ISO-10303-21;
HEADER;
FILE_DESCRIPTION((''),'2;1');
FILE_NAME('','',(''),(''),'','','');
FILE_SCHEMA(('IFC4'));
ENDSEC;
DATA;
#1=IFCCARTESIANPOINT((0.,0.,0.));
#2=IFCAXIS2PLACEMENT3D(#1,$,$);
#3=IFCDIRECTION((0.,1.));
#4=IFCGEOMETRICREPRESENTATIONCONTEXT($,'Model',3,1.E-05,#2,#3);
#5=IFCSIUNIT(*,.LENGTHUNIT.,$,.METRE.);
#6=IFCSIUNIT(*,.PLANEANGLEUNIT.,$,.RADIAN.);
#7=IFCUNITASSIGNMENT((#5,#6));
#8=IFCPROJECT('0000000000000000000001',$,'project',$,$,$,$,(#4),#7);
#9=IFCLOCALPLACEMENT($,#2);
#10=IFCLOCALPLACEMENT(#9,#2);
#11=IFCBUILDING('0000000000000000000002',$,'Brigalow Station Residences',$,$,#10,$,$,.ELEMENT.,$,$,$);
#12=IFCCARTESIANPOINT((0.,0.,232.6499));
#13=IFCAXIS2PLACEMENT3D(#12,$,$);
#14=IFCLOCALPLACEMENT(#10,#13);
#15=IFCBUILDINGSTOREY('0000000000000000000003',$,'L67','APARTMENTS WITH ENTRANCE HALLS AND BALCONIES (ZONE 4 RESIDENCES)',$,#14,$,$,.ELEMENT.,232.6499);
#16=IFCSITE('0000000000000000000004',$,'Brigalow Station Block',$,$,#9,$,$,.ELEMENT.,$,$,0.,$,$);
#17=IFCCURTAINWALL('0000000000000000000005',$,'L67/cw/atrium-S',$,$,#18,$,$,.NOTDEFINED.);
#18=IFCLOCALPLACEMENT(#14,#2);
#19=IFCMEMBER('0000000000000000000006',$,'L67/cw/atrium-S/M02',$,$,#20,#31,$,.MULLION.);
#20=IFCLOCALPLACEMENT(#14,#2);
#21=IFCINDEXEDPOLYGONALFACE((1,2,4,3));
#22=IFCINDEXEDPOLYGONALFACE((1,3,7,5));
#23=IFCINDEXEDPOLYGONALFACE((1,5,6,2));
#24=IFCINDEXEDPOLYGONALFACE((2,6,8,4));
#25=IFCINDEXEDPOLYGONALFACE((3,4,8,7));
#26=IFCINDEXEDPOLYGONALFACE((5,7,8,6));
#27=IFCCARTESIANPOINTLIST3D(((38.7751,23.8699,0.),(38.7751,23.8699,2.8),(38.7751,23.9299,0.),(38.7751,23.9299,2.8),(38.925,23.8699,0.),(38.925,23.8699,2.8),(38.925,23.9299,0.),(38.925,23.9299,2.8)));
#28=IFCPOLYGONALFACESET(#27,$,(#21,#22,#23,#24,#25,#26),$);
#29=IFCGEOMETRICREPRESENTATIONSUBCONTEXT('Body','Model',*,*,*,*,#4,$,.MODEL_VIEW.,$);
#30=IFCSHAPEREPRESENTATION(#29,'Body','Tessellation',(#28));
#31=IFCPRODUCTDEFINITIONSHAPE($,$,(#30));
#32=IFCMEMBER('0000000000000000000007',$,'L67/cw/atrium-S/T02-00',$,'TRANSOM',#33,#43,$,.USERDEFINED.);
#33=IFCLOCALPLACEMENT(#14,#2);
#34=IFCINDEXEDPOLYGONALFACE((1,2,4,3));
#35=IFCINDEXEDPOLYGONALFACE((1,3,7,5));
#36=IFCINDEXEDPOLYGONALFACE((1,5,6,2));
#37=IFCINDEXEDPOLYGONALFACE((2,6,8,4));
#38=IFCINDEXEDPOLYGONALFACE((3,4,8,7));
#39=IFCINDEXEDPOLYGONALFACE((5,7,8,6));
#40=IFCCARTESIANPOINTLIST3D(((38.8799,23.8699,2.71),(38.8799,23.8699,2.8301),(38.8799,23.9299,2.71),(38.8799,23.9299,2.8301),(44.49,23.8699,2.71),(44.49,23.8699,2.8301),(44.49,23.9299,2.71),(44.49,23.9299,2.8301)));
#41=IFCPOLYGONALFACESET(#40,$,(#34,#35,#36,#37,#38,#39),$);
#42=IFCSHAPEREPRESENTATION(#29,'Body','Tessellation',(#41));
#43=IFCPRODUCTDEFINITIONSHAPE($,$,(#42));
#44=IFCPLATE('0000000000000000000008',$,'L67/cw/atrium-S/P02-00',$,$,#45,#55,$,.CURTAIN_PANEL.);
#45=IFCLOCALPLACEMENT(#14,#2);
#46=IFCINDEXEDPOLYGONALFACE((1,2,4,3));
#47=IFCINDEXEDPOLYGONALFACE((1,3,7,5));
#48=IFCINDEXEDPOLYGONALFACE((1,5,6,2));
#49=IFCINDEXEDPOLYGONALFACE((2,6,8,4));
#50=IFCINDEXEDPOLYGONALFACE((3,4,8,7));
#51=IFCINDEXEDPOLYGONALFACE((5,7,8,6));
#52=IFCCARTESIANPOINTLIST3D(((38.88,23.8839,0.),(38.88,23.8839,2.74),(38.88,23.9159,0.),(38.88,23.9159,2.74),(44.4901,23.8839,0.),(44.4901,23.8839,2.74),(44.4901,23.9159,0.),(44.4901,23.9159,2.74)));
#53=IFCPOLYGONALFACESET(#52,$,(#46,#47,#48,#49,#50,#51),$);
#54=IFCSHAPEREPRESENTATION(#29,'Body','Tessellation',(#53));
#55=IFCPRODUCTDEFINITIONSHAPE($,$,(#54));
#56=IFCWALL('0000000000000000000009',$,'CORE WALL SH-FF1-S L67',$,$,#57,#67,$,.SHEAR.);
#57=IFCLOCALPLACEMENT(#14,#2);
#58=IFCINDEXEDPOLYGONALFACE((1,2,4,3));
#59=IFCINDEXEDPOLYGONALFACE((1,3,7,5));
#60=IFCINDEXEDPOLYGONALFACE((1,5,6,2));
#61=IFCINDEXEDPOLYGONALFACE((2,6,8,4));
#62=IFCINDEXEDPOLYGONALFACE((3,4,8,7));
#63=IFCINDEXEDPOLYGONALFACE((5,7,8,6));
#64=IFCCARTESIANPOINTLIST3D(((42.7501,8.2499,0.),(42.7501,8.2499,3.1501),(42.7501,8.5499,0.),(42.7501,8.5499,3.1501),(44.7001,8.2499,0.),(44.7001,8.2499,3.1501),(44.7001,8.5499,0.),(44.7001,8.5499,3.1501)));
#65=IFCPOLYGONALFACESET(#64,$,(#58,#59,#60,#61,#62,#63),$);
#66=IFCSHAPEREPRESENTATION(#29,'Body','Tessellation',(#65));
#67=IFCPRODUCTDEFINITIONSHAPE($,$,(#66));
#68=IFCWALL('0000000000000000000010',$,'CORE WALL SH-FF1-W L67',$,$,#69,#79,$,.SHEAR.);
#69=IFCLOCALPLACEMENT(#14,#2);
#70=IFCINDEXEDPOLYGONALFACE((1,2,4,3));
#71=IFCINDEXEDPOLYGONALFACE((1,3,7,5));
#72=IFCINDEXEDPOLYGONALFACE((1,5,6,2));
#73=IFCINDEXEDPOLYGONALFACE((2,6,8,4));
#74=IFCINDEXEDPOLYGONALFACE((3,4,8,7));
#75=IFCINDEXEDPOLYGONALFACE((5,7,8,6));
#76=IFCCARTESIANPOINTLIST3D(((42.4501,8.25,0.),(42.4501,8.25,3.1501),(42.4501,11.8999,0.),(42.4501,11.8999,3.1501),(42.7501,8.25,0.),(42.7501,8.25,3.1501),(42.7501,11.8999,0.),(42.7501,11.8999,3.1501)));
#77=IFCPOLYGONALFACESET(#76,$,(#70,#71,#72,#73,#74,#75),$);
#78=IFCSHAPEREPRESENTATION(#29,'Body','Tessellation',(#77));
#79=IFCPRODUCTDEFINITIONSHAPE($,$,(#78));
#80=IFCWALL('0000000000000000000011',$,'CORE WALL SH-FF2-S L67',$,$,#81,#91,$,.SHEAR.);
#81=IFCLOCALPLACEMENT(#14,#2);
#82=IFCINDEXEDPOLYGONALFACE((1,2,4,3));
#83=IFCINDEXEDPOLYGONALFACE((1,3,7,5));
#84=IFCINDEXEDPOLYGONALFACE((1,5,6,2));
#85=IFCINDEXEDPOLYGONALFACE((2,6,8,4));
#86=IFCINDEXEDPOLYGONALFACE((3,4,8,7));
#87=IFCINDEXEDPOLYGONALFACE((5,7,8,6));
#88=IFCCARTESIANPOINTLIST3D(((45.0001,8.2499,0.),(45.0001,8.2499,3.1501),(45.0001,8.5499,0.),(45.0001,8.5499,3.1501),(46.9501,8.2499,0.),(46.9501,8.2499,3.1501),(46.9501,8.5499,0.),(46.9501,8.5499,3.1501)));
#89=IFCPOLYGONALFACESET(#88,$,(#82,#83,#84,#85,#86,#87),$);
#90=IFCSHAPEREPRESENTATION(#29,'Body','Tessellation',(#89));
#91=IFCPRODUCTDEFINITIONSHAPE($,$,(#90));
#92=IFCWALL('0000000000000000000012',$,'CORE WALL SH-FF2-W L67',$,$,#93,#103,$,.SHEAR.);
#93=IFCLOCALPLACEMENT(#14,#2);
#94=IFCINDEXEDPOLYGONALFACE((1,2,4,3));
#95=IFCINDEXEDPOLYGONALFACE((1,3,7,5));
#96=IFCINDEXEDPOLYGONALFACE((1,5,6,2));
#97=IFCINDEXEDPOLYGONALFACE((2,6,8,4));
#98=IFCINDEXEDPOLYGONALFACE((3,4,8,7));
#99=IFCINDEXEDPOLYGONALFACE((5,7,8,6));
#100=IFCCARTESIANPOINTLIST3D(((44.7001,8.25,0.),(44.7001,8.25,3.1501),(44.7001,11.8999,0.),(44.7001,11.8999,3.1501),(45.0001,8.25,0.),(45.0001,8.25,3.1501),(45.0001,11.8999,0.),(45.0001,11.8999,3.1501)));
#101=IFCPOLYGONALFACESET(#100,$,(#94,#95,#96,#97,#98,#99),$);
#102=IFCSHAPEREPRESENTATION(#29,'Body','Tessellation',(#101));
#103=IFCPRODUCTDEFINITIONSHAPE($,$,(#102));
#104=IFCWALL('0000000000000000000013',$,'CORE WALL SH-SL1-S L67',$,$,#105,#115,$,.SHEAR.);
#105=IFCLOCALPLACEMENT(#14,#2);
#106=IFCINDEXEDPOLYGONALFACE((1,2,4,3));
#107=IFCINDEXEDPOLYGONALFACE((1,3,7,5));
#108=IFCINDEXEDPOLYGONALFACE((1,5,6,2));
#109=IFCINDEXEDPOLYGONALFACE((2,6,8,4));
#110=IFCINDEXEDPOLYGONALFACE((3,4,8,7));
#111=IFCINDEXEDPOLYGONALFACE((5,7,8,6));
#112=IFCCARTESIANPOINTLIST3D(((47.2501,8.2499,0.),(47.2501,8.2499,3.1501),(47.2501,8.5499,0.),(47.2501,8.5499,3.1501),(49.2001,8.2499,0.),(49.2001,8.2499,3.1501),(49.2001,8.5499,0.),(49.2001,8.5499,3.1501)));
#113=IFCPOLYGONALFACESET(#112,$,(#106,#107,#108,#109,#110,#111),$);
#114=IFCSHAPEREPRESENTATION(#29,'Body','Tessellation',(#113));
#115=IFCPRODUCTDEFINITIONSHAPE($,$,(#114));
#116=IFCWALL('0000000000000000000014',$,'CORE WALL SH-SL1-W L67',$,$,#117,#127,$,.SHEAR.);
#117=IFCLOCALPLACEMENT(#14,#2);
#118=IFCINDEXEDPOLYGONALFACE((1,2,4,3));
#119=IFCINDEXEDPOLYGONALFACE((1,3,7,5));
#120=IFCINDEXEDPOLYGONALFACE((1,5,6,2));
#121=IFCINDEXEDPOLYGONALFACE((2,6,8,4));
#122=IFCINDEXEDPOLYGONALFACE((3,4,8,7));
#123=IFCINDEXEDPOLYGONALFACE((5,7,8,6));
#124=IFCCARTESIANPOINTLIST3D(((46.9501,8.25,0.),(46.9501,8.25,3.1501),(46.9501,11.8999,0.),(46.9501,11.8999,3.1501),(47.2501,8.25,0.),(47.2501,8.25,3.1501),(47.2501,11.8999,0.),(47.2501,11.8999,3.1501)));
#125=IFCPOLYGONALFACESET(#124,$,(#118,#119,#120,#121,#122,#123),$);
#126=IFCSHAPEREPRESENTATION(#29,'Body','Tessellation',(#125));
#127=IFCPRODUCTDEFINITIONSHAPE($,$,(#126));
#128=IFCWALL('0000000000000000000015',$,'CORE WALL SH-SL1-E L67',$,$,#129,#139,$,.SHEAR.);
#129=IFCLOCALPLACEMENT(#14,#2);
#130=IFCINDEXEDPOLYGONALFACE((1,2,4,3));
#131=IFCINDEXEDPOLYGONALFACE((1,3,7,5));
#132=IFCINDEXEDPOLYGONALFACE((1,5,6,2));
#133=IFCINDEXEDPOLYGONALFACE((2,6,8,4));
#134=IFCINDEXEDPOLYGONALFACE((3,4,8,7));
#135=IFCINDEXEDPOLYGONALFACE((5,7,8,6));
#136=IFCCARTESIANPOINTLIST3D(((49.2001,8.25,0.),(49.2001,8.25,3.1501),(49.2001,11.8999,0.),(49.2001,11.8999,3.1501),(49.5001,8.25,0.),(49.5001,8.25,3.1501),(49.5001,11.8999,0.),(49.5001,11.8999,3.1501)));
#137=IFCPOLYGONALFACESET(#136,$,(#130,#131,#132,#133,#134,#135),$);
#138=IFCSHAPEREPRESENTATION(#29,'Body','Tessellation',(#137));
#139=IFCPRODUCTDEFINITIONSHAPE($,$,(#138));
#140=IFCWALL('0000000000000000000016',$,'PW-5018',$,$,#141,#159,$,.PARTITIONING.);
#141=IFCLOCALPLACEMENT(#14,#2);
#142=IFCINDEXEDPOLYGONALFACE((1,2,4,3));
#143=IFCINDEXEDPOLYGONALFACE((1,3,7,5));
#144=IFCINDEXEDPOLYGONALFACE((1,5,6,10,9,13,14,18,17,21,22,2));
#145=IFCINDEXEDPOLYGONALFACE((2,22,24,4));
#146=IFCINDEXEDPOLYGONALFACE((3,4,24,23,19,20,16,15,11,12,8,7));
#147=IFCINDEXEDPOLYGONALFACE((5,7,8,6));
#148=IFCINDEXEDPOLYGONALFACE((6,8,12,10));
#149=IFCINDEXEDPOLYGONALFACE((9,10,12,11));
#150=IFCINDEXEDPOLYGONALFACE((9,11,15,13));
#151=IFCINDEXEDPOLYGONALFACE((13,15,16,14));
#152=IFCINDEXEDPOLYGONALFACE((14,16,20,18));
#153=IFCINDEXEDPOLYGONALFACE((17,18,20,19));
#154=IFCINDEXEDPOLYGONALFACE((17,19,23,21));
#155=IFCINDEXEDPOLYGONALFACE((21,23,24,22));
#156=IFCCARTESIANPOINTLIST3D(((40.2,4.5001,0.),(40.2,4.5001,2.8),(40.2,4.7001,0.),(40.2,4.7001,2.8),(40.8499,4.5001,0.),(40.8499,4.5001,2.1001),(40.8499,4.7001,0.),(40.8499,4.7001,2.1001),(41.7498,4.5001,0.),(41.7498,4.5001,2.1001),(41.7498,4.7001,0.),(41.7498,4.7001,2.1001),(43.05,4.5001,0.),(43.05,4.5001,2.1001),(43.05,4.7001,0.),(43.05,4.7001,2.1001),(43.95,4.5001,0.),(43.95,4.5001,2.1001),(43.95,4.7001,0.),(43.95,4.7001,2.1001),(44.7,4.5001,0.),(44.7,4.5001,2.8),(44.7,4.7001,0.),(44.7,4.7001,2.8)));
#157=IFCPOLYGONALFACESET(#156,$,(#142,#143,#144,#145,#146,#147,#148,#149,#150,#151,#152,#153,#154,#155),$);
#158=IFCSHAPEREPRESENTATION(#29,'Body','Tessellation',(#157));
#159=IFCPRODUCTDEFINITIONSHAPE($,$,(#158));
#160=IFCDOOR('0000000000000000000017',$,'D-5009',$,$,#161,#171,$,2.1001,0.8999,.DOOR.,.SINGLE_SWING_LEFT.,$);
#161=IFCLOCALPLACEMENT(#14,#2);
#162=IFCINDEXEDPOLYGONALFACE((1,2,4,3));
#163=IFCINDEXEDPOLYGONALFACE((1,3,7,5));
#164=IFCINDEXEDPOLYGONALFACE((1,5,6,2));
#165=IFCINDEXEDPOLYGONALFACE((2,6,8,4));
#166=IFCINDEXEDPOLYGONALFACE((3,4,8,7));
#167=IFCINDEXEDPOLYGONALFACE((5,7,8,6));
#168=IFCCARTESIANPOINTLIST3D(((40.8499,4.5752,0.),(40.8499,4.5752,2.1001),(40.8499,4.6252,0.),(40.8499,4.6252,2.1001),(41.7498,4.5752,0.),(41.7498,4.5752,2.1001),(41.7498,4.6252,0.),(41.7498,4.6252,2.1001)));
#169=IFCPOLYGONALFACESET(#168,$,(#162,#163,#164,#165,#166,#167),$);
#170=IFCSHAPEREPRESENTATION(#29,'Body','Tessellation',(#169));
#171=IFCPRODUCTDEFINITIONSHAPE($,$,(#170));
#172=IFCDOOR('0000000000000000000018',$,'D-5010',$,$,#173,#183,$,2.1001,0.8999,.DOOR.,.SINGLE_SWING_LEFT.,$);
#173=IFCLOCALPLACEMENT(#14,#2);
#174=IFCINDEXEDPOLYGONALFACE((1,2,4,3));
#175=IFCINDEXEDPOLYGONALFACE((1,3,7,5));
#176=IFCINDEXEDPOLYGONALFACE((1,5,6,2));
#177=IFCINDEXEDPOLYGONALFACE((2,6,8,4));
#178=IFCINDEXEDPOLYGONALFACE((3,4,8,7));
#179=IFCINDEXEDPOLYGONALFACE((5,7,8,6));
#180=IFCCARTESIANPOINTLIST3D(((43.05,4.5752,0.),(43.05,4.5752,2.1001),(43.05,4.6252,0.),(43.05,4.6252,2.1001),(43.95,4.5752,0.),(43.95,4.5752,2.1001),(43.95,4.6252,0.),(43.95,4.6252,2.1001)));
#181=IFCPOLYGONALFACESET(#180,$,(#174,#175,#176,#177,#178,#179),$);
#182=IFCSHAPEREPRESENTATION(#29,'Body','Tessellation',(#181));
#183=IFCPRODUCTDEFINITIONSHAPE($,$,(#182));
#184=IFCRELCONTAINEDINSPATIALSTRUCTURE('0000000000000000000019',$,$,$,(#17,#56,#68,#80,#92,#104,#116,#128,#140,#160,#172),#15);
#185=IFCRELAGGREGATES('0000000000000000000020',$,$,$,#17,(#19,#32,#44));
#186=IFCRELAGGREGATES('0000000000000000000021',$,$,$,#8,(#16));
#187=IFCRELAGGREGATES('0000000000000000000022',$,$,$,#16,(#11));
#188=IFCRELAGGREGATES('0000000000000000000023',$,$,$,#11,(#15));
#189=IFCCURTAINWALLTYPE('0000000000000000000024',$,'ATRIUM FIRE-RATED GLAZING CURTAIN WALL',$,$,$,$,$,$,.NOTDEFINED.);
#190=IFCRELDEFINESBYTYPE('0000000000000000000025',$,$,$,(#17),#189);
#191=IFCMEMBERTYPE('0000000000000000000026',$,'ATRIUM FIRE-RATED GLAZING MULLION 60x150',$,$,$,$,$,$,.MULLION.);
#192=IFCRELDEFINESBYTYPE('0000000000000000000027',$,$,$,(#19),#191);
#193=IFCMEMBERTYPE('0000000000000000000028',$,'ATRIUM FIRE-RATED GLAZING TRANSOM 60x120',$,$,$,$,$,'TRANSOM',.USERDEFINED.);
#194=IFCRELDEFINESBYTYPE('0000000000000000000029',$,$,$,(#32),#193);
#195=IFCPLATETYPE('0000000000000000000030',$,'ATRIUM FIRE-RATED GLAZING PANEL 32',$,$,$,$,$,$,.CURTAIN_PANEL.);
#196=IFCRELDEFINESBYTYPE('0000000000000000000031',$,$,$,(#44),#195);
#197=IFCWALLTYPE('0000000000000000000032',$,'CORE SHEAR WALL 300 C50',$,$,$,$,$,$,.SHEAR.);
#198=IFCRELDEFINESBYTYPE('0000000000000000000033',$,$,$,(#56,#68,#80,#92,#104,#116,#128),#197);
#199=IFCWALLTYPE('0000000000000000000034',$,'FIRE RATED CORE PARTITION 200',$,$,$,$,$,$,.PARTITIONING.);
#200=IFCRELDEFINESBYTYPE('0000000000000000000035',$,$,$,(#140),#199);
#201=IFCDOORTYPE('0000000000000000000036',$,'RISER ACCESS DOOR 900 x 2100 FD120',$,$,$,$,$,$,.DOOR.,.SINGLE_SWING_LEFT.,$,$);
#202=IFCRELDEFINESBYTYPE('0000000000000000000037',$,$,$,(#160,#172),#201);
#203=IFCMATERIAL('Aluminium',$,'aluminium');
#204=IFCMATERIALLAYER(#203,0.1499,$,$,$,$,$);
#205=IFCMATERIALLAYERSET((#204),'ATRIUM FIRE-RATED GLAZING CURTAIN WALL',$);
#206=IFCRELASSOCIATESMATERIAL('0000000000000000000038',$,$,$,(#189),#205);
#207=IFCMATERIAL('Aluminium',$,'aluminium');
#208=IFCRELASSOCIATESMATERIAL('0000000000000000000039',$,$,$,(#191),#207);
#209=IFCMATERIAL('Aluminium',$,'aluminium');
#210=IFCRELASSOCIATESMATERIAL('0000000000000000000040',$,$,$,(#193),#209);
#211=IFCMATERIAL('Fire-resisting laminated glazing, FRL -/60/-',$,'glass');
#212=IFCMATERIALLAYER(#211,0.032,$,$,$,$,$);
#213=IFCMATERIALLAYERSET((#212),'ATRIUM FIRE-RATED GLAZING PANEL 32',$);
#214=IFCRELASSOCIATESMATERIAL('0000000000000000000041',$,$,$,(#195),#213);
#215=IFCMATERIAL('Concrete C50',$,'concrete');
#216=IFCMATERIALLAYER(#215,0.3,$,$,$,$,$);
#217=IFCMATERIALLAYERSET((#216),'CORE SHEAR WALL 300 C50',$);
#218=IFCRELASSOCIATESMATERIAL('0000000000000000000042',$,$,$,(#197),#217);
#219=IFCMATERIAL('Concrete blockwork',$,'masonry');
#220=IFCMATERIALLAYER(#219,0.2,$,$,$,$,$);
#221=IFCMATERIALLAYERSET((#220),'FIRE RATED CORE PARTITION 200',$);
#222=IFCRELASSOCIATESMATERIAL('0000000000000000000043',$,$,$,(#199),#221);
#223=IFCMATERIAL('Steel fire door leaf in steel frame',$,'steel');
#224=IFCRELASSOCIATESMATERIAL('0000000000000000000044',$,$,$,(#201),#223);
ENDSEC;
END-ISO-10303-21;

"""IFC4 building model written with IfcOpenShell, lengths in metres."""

from ifc_helpers import new_model, si_unit, direction, frame, frame_2d, origin, origin_2d, place, context, subcontext, project, spatial, rectangle, extrude, material, layer, layer_set, material_profile, profile_set, type_object, element, fill, aggregate, save


model = new_model("IFC4")

# Units and contexts
model_context = context("Model", 3, precision=1e-05, world=origin(), true_north=direction((0.0, 1.0)))
body_context = subcontext(model_context, "Body", "Model", "MODEL_VIEW")
ifc_project = project(units=[si_unit("LENGTHUNIT", "METRE"), si_unit("PLANEANGLEUNIT", "RADIAN")], contexts=[model_context])

# Site, building, storey
site_placement = place(None, origin())
site = spatial("IfcSite", under=ifc_project, at=site_placement, Name="Brigalow Station Block", CompositionType="ELEMENT", RefElevation=0.0)
building_placement = place(site_placement, origin())
building = spatial("IfcBuilding", under=site, at=building_placement, Name="Brigalow Station Residences", CompositionType="ELEMENT")
storey_placement = place(building_placement, frame((0.0, 0.0, 232.6499)))
storey = spatial("IfcBuildingStorey", under=building, at=storey_placement, Name="L67", Description="APARTMENTS WITH ENTRANCE HALLS AND BALCONIES (ZONE 4 RESIDENCES)", CompositionType="ELEMENT", Elevation=232.6499)

# Curtain wall, members, plate
ifc_material_1 = material(Name="Aluminium", Category="aluminium")
ifc_layer_1 = layer(ifc_material_1, 0.1499)
ifc_layer_set_1 = layer_set([ifc_layer_1], Name="ATRIUM FIRE-RATED GLAZING CURTAIN WALL")
curtain_wall_type = type_object("IfcCurtainWallType", Name="ATRIUM FIRE-RATED GLAZING CURTAIN WALL", PredefinedType="NOTDEFINED", material=ifc_layer_set_1)
curtain_wall_placement = place(storey_placement, origin())
curtain_wall = element("IfcCurtainWall", 1, at=curtain_wall_placement, inside=storey, type_object=curtain_wall_type, Name="L67/cw/atrium-S", PredefinedType="NOTDEFINED")
ifc_material_2 = material(Name="Aluminium", Category="aluminium")
ifc_material_profile_1 = material_profile(ifc_material_2, rectangle(XDim=0.0601, YDim=0.1499, at=origin_2d()), Name="ATRIUM FIRE-RATED GLAZING MULLION 60x150")
ifc_profile_set_1 = profile_set([ifc_material_profile_1], Name="Aluminium")
member_type_1 = type_object("IfcMemberType", Name="ATRIUM FIRE-RATED GLAZING MULLION 60x150", PredefinedType="MULLION", material=ifc_profile_set_1)
member_1_placement = place(storey_placement, frame((38.8501, 23.8999, 0.0), z_axis=(0.0, 0.0, 1.0), x_axis=(0.0, 1.0, 0.0)))
member_1 = element("IfcMember", 2, at=member_1_placement, type_object=member_type_1, Name="L67/cw/atrium-S/M02", PredefinedType="MULLION", context=body_context, shape_type="SweptSolid", body=[
    extrude(rectangle(XDim=0.0601, YDim=0.1499, at=origin_2d()), origin(), (0.0, 0.0, 1.0), 2.8),
])
ifc_material_3 = material(Name="Aluminium", Category="aluminium")
ifc_material_profile_2 = material_profile(ifc_material_3, rectangle(XDim=0.0601, YDim=0.1201, at=origin_2d()), Name="ATRIUM FIRE-RATED GLAZING TRANSOM 60x120")
ifc_profile_set_2 = profile_set([ifc_material_profile_2], Name="Aluminium")
member_type_2 = type_object("IfcMemberType", Name="ATRIUM FIRE-RATED GLAZING TRANSOM 60x120", ElementType="TRANSOM", PredefinedType="USERDEFINED", material=ifc_profile_set_2)
member_2_placement = place(storey_placement, frame((38.8799, 23.8999, 2.77), z_axis=(1.0, 0.0, 0.0), x_axis=(0.0, 1.0, 0.0)))
member_2 = element("IfcMember", 3, at=member_2_placement, type_object=member_type_2, Name="L67/cw/atrium-S/T02-00", ObjectType="TRANSOM", PredefinedType="USERDEFINED", context=body_context, shape_type="SweptSolid", body=[
    extrude(rectangle(XDim=0.0601, YDim=0.1201, at=origin_2d()), origin(), (0.0, 0.0, 1.0), 5.6101),
])
ifc_material_4 = material(Name="Fire-resisting laminated glazing, FRL -/60/-", Category="glass")
ifc_layer_2 = layer(ifc_material_4, 0.032)
ifc_layer_set_2 = layer_set([ifc_layer_2], Name="ATRIUM FIRE-RATED GLAZING PANEL 32")
plate_type = type_object("IfcPlateType", Name="ATRIUM FIRE-RATED GLAZING PANEL 32", PredefinedType="CURTAIN_PANEL", material=ifc_layer_set_2)
plate_placement = place(storey_placement, frame((41.6851, 23.8999, 0.0), z_axis=(0.0, 0.0, 1.0), x_axis=(1.0, 0.0, 0.0)))
plate = element("IfcPlate", 4, at=plate_placement, type_object=plate_type, Name="L67/cw/atrium-S/P02-00", PredefinedType="CURTAIN_PANEL", context=body_context, shape_type="SweptSolid", body=[
    extrude(rectangle(XDim=5.6101, YDim=0.032, at=origin_2d()), origin(), (0.0, 0.0, 1.0), 2.74),
])
aggregate(curtain_wall, [member_1, member_2, plate])

# Walls
ifc_material_5 = material(Name="Concrete C50", Category="concrete")
ifc_layer_3 = layer(ifc_material_5, 0.3)
ifc_layer_set_3 = layer_set([ifc_layer_3], Name="CORE SHEAR WALL 300 C50")
wall_type_1 = type_object("IfcWallType", Name="CORE SHEAR WALL 300 C50", PredefinedType="SHEAR", material=ifc_layer_set_3)
wall_1_placement = place(storey_placement, frame((42.75, 8.3999, 0.0), z_axis=(0.0, 0.0, 1.0), x_axis=(1.0, 0.0, 0.0)))
element("IfcWall", 5, at=wall_1_placement, inside=storey, type_object=wall_type_1, Name="CORE WALL SH-FF1-S L67", PredefinedType="SHEAR", context=body_context, shape_type="SweptSolid", body=[
    extrude(rectangle(XDim=1.95, YDim=0.3, at=frame_2d((0.9751, 0.0))), origin(), (0.0, 0.0, 1.0), 3.1501),
])
wall_2_placement = place(storey_placement, frame((42.6001, 8.25, 0.0), z_axis=(0.0, 0.0, 1.0), x_axis=(0.0, 1.0, 0.0)))
element("IfcWall", 6, at=wall_2_placement, inside=storey, type_object=wall_type_1, Name="CORE WALL SH-FF1-W L67", PredefinedType="SHEAR", context=body_context, shape_type="SweptSolid", body=[
    extrude(rectangle(XDim=3.6499, YDim=0.3, at=frame_2d((1.825, 0.0))), origin(), (0.0, 0.0, 1.0), 3.1501),
])
wall_3_placement = place(storey_placement, frame((45.0, 8.3999, 0.0), z_axis=(0.0, 0.0, 1.0), x_axis=(1.0, 0.0, 0.0)))
element("IfcWall", 7, at=wall_3_placement, inside=storey, type_object=wall_type_1, Name="CORE WALL SH-FF2-S L67", PredefinedType="SHEAR", context=body_context, shape_type="SweptSolid", body=[
    extrude(rectangle(XDim=1.95, YDim=0.3, at=frame_2d((0.9751, 0.0))), origin(), (0.0, 0.0, 1.0), 3.1501),
])
wall_4_placement = place(storey_placement, frame((44.8501, 8.25, 0.0), z_axis=(0.0, 0.0, 1.0), x_axis=(0.0, 1.0, 0.0)))
element("IfcWall", 8, at=wall_4_placement, inside=storey, type_object=wall_type_1, Name="CORE WALL SH-FF2-W L67", PredefinedType="SHEAR", context=body_context, shape_type="SweptSolid", body=[
    extrude(rectangle(XDim=3.6499, YDim=0.3, at=frame_2d((1.825, 0.0))), origin(), (0.0, 0.0, 1.0), 3.1501),
])
wall_5_placement = place(storey_placement, frame((47.25, 8.3999, 0.0), z_axis=(0.0, 0.0, 1.0), x_axis=(1.0, 0.0, 0.0)))
element("IfcWall", 9, at=wall_5_placement, inside=storey, type_object=wall_type_1, Name="CORE WALL SH-SL1-S L67", PredefinedType="SHEAR", context=body_context, shape_type="SweptSolid", body=[
    extrude(rectangle(XDim=1.95, YDim=0.3, at=frame_2d((0.9751, 0.0))), origin(), (0.0, 0.0, 1.0), 3.1501),
])
for number, where, z_axis, x_axis, name in (
    (10, (47.1001, 8.25, 0.0), (0.0, 0.0, 1.0), (0.0, 1.0, 0.0), "CORE WALL SH-SL1-W L67"),
    (11, (49.3501, 8.25, 0.0), (0.0, 0.0, 1.0), (0.0, 1.0, 0.0), "CORE WALL SH-SL1-E L67"),
):
    element("IfcWall", number, at=place(storey_placement, frame(where, z_axis=z_axis, x_axis=x_axis)), inside=storey, type_object=wall_type_1, Name=name, PredefinedType="SHEAR", context=body_context, shape_type="SweptSolid", body=[
        extrude(rectangle(XDim=3.6499, YDim=0.3, at=frame_2d((1.825, 0.0))), origin(), (0.0, 0.0, 1.0), 3.1501),
    ])

# Wall, openings, doors
ifc_material_6 = material(Name="Concrete blockwork", Category="masonry")
ifc_layer_4 = layer(ifc_material_6, 0.2)
ifc_layer_set_4 = layer_set([ifc_layer_4], Name="FIRE RATED CORE PARTITION 200")
wall_type_2 = type_object("IfcWallType", Name="FIRE RATED CORE PARTITION 200", PredefinedType="PARTITIONING", material=ifc_layer_set_4)
wall_6_placement = place(storey_placement, frame((40.2, 4.6001, 0.0), z_axis=(0.0, 0.0, 1.0), x_axis=(1.0, 0.0, 0.0)))
wall_6 = element("IfcWall", 12, at=wall_6_placement, inside=storey, type_object=wall_type_2, Name="PW-5018", PredefinedType="PARTITIONING", context=body_context, shape_type="SweptSolid", body=[
    extrude(rectangle(XDim=4.5, YDim=0.2, at=frame_2d((2.25, 0.0))), origin(), (0.0, 0.0, 1.0), 2.8),
])
opening_1_placement = place(wall_6_placement, frame((0.6499, 0.0, 0.0)))
opening_1 = element("IfcOpeningElement", 13, at=opening_1_placement, cuts=wall_6, PredefinedType="OPENING", context=body_context, shape_type="SweptSolid", body=[
    extrude(rectangle(XDim=0.8999, YDim=2.1001, at=frame_2d((0.45, 1.05))), frame((0.0, 0.1099, 0.0), z_axis=(0.0, -1.0, 0.0), x_axis=(1.0, 0.0, 0.0)), (0.0, 0.0, 1.0), 0.22),
])
opening_2_placement = place(wall_6_placement, frame((2.8501, 0.0, 0.0)))
opening_2 = element("IfcOpeningElement", 14, at=opening_2_placement, cuts=wall_6, PredefinedType="OPENING", context=body_context, shape_type="SweptSolid", body=[
    extrude(rectangle(XDim=0.8999, YDim=2.1001, at=frame_2d((0.45, 1.05))), frame((0.0, 0.1099, 0.0), z_axis=(0.0, -1.0, 0.0), x_axis=(1.0, 0.0, 0.0)), (0.0, 0.0, 1.0), 0.22),
])
ifc_material_7 = material(Name="Steel fire door leaf in steel frame", Category="steel")
door_type_1 = type_object("IfcDoorType", Name="RISER ACCESS DOOR 900 x 2100 FD120", OperationType="SINGLE_SWING_LEFT", PredefinedType="DOOR", material=ifc_material_7)
door_1_placement = place(opening_1_placement, frame((0.8999, 0.0, 0.0), z_axis=(0.0, 0.0, 1.0), x_axis=(-1.0, 0.0, 0.0)))
door_1 = element("IfcDoor", 15, at=door_1_placement, inside=storey, type_object=door_type_1, Name="D-5009", OperationType="SINGLE_SWING_LEFT", OverallHeight=2.1001, OverallWidth=0.8999, PredefinedType="DOOR", context=body_context, shape_type="SweptSolid", body=[
    extrude(rectangle(XDim=0.8999, YDim=2.1001, at=frame_2d((0.45, 1.05))), frame((0.0, 0.0249, 0.0), z_axis=(0.0, -1.0, 0.0), x_axis=(1.0, 0.0, 0.0)), (0.0, 0.0, 1.0), 0.05),
])
fill(opening_1, door_1)
door_2_placement = place(opening_2_placement, frame((0.8999, 0.0, 0.0), z_axis=(0.0, 0.0, 1.0), x_axis=(-1.0, 0.0, 0.0)))
door_2 = element("IfcDoor", 16, at=door_2_placement, inside=storey, type_object=door_type_1, Name="D-5010", OperationType="SINGLE_SWING_LEFT", OverallHeight=2.1001, OverallWidth=0.8999, PredefinedType="DOOR", context=body_context, shape_type="SweptSolid", body=[
    extrude(rectangle(XDim=0.8999, YDim=2.1001, at=frame_2d((0.45, 1.05))), frame((0.0, 0.0249, 0.0), z_axis=(0.0, -1.0, 0.0), x_axis=(1.0, 0.0, 0.0)), (0.0, 0.0, 1.0), 0.05),
])
fill(opening_2, door_2)

save(model, "model.ifc")
